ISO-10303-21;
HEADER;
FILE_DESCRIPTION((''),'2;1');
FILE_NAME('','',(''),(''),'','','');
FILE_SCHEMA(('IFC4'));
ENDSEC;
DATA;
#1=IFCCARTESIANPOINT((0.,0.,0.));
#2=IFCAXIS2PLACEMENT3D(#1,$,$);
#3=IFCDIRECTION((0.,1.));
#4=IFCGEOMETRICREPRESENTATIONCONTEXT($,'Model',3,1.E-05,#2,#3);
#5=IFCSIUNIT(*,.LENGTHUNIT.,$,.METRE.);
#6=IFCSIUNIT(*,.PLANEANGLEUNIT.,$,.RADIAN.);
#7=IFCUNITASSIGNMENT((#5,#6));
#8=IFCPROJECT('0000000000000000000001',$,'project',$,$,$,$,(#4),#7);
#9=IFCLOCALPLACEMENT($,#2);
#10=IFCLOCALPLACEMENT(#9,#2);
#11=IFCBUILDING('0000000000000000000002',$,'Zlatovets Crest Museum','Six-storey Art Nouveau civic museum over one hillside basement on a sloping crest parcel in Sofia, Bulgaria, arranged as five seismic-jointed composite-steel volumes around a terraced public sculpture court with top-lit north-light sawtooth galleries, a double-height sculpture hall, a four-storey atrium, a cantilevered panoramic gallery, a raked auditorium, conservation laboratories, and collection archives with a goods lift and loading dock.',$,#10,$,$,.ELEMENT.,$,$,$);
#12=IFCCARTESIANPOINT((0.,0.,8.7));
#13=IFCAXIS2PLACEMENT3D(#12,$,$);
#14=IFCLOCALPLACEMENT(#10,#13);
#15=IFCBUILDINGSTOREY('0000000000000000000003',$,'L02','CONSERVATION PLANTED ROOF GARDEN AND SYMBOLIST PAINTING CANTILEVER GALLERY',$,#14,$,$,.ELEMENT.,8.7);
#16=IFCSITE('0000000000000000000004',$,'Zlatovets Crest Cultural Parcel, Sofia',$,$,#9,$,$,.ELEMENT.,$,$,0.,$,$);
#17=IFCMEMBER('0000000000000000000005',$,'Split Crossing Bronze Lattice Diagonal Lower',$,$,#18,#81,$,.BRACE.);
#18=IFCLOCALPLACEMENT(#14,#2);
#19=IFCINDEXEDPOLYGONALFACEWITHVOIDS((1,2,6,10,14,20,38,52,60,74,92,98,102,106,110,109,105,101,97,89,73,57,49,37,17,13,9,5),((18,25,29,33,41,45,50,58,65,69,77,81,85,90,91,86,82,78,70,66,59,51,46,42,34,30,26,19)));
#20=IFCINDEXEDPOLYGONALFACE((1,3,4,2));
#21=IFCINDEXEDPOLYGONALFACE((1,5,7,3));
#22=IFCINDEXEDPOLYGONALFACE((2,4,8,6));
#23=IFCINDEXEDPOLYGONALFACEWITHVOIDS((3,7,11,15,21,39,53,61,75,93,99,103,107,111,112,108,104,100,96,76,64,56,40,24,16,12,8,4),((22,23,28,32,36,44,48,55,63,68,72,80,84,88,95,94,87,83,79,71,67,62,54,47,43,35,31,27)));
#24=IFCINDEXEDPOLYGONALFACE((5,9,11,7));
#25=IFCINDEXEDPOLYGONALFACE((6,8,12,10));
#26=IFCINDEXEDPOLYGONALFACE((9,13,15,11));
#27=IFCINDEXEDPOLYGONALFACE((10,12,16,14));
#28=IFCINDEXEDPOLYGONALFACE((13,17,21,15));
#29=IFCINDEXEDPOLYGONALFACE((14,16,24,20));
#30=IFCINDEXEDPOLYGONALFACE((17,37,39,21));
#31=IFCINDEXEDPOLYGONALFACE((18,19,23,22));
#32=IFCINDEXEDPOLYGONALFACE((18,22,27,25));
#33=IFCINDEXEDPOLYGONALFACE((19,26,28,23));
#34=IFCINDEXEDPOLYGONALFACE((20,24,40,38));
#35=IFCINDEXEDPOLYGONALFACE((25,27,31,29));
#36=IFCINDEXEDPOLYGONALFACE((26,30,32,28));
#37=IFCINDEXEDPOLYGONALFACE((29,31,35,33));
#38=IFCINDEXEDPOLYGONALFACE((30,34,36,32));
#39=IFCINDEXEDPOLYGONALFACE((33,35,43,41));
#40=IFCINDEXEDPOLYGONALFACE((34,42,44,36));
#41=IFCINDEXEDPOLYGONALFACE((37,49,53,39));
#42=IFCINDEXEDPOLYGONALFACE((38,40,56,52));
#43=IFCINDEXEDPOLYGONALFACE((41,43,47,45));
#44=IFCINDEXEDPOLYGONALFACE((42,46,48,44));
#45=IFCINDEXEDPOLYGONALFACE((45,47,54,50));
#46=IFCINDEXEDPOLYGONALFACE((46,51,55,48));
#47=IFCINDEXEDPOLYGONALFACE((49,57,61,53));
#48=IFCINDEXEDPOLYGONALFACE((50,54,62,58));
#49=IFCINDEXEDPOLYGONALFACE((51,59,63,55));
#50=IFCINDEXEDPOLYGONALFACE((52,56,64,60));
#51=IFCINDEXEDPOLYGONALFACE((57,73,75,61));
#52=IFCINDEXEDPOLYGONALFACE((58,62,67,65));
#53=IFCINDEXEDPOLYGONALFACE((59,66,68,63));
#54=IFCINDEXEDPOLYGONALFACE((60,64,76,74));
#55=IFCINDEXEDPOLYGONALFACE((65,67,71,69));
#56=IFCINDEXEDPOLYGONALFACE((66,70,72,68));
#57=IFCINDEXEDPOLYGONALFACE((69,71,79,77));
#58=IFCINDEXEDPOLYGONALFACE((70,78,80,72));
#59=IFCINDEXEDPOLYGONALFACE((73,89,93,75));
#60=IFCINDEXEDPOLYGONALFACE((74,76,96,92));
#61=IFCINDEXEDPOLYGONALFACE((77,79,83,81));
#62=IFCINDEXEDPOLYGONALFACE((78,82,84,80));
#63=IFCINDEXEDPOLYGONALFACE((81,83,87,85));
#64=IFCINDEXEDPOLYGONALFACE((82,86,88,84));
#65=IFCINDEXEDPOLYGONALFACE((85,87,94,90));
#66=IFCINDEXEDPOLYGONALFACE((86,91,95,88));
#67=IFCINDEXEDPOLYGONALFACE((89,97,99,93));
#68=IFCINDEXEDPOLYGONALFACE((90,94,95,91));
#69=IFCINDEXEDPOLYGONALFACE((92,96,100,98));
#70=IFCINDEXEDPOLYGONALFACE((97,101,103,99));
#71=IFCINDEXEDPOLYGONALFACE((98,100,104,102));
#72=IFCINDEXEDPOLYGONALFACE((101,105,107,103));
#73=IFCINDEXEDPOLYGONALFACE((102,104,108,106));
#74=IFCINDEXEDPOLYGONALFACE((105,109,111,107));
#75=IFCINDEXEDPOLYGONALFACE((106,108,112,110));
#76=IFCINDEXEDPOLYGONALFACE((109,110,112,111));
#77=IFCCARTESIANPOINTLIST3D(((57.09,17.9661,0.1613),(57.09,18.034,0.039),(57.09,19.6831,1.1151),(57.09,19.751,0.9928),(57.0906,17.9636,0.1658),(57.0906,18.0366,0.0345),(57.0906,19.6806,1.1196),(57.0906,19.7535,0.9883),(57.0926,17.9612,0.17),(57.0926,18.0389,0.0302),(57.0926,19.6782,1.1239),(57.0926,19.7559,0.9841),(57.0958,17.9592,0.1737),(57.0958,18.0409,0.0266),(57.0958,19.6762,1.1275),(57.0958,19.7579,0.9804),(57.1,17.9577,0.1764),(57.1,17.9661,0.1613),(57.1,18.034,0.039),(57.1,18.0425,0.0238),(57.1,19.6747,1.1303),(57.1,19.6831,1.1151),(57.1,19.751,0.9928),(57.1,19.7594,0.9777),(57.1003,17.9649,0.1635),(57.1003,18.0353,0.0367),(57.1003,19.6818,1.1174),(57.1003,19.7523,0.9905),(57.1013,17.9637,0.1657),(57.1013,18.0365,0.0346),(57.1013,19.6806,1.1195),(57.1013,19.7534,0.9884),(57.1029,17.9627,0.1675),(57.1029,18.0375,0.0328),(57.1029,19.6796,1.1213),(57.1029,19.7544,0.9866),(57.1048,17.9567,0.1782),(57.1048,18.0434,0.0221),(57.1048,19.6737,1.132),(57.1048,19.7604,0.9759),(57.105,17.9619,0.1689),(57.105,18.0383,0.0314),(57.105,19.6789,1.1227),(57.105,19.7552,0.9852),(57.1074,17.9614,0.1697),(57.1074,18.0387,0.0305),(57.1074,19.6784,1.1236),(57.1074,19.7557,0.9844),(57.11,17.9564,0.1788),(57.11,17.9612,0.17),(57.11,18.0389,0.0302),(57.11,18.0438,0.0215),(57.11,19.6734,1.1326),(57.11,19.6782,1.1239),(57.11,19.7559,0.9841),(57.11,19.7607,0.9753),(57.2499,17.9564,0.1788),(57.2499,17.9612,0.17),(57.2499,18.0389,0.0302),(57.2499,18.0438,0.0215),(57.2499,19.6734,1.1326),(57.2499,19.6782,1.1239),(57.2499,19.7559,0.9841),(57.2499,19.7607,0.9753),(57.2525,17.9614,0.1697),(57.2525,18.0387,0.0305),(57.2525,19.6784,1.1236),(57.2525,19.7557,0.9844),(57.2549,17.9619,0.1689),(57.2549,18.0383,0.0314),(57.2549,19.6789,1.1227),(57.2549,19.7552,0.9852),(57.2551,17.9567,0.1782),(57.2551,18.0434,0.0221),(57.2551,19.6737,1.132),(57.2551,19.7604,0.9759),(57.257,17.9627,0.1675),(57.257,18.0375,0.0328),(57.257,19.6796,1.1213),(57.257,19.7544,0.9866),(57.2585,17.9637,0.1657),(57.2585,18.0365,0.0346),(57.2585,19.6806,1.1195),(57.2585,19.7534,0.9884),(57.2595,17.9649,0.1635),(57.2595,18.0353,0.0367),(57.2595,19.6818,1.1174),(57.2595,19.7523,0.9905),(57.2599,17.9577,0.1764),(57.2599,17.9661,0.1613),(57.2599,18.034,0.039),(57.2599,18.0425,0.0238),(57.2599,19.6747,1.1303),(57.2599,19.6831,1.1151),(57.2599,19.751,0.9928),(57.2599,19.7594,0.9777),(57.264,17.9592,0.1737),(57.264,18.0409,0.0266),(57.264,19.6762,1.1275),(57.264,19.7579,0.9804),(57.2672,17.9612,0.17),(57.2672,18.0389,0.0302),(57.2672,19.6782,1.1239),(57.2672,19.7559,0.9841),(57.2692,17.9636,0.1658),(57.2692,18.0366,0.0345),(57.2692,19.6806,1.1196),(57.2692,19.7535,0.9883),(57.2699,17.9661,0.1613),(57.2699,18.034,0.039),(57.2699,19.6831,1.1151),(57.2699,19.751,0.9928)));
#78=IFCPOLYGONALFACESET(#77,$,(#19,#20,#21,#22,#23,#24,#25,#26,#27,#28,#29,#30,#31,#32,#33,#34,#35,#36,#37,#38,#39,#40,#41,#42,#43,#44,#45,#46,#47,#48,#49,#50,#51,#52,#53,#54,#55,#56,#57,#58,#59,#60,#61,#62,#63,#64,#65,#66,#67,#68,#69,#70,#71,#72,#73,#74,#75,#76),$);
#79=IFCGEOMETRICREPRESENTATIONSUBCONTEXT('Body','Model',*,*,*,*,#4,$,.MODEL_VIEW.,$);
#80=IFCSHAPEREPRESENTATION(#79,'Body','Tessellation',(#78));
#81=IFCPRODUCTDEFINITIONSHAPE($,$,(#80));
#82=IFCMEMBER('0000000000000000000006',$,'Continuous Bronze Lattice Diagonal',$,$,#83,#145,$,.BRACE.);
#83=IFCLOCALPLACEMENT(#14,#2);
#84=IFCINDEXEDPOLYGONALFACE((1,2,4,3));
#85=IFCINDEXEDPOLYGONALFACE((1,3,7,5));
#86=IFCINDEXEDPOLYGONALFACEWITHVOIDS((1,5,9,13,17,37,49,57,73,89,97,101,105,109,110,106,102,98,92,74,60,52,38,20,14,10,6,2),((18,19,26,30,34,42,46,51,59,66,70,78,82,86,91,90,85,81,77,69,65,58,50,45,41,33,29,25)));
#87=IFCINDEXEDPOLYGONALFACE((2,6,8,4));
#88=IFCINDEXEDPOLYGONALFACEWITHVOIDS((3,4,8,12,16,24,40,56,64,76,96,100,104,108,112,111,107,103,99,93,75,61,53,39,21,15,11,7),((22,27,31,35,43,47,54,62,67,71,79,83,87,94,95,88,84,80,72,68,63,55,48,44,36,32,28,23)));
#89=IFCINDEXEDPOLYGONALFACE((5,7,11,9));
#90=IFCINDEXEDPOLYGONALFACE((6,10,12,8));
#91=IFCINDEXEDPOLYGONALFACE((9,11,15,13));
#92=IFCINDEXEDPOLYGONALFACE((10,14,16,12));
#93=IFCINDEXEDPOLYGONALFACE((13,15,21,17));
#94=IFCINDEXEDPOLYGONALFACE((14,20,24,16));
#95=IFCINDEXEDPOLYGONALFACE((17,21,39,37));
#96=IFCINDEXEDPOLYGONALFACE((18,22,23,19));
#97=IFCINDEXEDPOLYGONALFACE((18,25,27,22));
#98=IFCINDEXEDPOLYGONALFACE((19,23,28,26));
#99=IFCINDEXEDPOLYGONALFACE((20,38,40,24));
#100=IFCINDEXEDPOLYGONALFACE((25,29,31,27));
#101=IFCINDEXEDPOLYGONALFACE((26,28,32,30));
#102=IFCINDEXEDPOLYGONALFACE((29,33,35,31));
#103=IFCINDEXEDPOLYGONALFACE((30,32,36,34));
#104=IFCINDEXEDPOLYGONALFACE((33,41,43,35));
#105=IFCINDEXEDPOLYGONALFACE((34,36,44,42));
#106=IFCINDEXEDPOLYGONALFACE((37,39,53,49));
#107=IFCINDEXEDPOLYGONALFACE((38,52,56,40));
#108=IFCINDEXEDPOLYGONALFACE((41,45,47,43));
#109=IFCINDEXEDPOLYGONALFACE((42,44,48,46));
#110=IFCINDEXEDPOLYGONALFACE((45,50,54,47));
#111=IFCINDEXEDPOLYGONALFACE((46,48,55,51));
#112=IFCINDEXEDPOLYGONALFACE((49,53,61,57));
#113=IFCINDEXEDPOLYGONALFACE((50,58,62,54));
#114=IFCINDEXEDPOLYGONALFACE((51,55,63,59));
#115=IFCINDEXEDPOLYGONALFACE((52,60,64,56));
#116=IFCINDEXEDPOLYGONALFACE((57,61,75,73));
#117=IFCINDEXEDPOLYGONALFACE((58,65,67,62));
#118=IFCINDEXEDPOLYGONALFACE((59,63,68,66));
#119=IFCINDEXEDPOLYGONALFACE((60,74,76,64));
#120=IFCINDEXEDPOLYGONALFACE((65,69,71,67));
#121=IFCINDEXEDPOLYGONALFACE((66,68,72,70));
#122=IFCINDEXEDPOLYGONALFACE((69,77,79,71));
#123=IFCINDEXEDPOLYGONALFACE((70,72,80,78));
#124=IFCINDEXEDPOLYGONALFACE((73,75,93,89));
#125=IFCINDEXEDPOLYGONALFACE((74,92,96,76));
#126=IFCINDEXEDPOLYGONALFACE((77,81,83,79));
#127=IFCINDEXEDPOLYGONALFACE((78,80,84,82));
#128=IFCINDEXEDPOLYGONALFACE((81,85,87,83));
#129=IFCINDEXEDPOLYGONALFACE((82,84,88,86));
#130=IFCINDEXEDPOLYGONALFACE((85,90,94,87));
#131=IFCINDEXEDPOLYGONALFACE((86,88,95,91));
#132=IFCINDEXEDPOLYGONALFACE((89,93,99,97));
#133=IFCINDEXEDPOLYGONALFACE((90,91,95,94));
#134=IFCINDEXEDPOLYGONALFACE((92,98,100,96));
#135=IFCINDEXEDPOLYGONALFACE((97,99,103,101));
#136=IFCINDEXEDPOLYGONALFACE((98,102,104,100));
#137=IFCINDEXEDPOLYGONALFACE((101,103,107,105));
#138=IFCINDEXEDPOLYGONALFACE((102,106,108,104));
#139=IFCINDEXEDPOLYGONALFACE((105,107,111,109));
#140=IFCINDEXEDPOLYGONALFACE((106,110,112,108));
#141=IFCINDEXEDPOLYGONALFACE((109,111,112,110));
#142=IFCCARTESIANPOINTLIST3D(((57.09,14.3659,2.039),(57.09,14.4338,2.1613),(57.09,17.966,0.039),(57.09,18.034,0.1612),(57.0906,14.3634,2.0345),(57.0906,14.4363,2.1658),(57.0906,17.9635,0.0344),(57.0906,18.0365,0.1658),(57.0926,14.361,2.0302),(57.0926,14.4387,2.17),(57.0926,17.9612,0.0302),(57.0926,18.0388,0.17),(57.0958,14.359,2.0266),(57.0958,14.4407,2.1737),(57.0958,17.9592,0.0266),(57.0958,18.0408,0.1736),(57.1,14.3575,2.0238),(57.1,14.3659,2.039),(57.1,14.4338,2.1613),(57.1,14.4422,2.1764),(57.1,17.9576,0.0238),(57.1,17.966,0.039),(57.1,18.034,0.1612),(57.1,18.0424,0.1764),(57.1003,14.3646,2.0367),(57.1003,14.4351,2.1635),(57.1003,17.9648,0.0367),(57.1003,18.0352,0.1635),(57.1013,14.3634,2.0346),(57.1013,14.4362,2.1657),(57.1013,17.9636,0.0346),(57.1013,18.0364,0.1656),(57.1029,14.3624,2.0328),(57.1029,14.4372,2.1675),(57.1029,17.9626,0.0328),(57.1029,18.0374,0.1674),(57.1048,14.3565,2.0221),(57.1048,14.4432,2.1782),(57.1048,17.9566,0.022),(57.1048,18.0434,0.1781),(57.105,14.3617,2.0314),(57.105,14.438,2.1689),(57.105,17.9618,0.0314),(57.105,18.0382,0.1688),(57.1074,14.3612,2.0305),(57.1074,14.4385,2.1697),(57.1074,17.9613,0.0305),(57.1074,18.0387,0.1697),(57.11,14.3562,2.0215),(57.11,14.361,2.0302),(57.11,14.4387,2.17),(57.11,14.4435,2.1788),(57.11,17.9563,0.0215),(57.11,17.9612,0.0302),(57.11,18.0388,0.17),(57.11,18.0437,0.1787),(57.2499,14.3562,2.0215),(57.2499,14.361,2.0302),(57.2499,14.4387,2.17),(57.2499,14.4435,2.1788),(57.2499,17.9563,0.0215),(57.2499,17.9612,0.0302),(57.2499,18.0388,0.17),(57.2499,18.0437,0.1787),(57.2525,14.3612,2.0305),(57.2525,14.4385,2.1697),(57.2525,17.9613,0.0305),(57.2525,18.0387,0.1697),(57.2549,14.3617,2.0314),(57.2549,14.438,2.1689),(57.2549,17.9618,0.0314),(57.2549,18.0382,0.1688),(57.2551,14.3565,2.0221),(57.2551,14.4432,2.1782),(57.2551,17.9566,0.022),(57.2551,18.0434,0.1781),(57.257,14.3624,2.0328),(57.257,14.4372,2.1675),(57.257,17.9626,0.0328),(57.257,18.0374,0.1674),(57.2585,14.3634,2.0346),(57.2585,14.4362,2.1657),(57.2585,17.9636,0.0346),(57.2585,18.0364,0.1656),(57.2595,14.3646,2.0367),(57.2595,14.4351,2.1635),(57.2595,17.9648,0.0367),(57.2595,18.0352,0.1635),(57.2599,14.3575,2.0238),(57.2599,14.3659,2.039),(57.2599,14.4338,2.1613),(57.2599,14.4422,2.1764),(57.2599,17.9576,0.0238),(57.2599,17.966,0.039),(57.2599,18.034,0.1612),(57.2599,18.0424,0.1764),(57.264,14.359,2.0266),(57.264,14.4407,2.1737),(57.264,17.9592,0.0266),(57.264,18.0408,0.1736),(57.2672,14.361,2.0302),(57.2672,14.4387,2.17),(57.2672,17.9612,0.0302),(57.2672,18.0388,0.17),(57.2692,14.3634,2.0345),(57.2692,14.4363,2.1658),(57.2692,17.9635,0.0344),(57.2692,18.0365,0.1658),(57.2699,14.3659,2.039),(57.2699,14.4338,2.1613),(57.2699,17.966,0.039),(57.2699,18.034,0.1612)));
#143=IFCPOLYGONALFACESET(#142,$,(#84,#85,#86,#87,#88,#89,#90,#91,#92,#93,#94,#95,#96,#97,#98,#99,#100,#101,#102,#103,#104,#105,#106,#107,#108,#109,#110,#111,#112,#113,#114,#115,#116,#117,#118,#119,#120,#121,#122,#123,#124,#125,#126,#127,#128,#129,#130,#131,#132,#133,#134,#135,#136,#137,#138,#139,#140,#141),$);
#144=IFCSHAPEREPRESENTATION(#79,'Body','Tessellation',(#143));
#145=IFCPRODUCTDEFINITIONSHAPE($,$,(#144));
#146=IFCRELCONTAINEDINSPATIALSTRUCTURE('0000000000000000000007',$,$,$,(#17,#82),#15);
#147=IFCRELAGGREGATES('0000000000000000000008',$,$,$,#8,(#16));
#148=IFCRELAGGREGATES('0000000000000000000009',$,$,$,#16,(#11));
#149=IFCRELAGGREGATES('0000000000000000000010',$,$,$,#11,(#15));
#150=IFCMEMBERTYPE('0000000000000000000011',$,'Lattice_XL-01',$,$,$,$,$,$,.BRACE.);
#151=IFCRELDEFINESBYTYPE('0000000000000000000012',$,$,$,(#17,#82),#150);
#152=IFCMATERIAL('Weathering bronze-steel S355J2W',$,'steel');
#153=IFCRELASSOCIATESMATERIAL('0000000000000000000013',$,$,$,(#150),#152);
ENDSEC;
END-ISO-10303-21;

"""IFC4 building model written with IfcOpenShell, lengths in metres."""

from ifc_helpers import new_model, si_unit, direction, frame, origin, origin_2d, place, context, subcontext, project, spatial, hollow_rectangle, extrude, material, material_profile, profile_set, type_object, element, save


model = new_model("IFC4")

# Units and contexts
model_context = context("Model", 3, precision=1e-05, world=origin(), true_north=direction((0.0, 1.0)))
body_context = subcontext(model_context, "Body", "Model", "MODEL_VIEW")
ifc_project = project(units=[si_unit("LENGTHUNIT", "METRE"), si_unit("PLANEANGLEUNIT", "RADIAN")], contexts=[model_context])

# Site, building, storey
site_placement = place(None, origin())
site = spatial("IfcSite", under=ifc_project, at=site_placement, Name="Zlatovets Crest Cultural Parcel, Sofia", CompositionType="ELEMENT", RefElevation=0.0)
building_placement = place(site_placement, origin())
building = spatial("IfcBuilding", under=site, at=building_placement, Name="Zlatovets Crest Museum", Description="Six-storey Art Nouveau civic museum over one hillside basement on a sloping crest parcel in Sofia, Bulgaria, arranged as five seismic-jointed composite-steel volumes around a terraced public sculpture court with top-lit north-light sawtooth galleries, a double-height sculpture hall, a four-storey atrium, a cantilevered panoramic gallery, a raked auditorium, conservation laboratories, and collection archives with a goods lift and loading dock.", CompositionType="ELEMENT")
storey_placement = place(building_placement, frame((0.0, 0.0, 8.7)))
storey = spatial("IfcBuildingStorey", under=building, at=storey_placement, Name="L02", Description="CONSERVATION PLANTED ROOF GARDEN AND SYMBOLIST PAINTING CANTILEVER GALLERY", CompositionType="ELEMENT", Elevation=8.7)

# Members
ifc_material_1 = material(Name="Weathering bronze-steel S355J2W", Category="steel")
ifc_material_profile_1 = material_profile(ifc_material_1, hollow_rectangle(XDim=0.1799, YDim=0.1799, WallThickness=0.01, InnerFilletRadius=0.01, OuterFilletRadius=0.02, at=origin_2d()), Name="SHS 180x180x10.0")
ifc_profile_set_1 = profile_set([ifc_material_profile_1], Name="Weathering bronze-steel S355J2W")
member_type_1 = type_object("IfcMemberType", Name="Lattice_XL-01", PredefinedType="BRACE", material=ifc_profile_set_1)
for number, where, z_axis, x_axis, name in (
    (1, (57.1799, 19.717, 1.054), (0.0, -0.874169, -0.485622), (1.0, 0.0, 0.0), "Split Crossing Bronze Lattice Diagonal Lower"),
):
    element("IfcMember", number, at=place(storey_placement, frame(where, z_axis=z_axis, x_axis=x_axis)), inside=storey, type_object=member_type_1, Name=name, PredefinedType="BRACE", context=body_context, shape_type="SweptSolid", body=[
        extrude(hollow_rectangle(XDim=0.1799, YDim=0.1799, WallThickness=0.01, InnerFilletRadius=0.01, OuterFilletRadius=0.02, at=origin_2d()), origin(), (0.0, 0.0, 1.0), 1.9641),
    ])
member_1_placement = place(storey_placement, frame((57.1799, 18.0, 0.1001), z_axis=(0.0, -0.874163, 0.485633), x_axis=(1.0, 0.0, 0.0)))
element("IfcMember", 2, at=member_1_placement, inside=storey, type_object=member_type_1, Name="Continuous Bronze Lattice Diagonal", PredefinedType="BRACE", context=body_context, shape_type="SweptSolid", body=[
    extrude(hollow_rectangle(XDim=0.1799, YDim=0.1799, WallThickness=0.01, InnerFilletRadius=0.01, OuterFilletRadius=0.02, at=origin_2d()), origin(), (0.0, 0.0, 1.0), 4.1184),
])

save(model, "model.ifc")
